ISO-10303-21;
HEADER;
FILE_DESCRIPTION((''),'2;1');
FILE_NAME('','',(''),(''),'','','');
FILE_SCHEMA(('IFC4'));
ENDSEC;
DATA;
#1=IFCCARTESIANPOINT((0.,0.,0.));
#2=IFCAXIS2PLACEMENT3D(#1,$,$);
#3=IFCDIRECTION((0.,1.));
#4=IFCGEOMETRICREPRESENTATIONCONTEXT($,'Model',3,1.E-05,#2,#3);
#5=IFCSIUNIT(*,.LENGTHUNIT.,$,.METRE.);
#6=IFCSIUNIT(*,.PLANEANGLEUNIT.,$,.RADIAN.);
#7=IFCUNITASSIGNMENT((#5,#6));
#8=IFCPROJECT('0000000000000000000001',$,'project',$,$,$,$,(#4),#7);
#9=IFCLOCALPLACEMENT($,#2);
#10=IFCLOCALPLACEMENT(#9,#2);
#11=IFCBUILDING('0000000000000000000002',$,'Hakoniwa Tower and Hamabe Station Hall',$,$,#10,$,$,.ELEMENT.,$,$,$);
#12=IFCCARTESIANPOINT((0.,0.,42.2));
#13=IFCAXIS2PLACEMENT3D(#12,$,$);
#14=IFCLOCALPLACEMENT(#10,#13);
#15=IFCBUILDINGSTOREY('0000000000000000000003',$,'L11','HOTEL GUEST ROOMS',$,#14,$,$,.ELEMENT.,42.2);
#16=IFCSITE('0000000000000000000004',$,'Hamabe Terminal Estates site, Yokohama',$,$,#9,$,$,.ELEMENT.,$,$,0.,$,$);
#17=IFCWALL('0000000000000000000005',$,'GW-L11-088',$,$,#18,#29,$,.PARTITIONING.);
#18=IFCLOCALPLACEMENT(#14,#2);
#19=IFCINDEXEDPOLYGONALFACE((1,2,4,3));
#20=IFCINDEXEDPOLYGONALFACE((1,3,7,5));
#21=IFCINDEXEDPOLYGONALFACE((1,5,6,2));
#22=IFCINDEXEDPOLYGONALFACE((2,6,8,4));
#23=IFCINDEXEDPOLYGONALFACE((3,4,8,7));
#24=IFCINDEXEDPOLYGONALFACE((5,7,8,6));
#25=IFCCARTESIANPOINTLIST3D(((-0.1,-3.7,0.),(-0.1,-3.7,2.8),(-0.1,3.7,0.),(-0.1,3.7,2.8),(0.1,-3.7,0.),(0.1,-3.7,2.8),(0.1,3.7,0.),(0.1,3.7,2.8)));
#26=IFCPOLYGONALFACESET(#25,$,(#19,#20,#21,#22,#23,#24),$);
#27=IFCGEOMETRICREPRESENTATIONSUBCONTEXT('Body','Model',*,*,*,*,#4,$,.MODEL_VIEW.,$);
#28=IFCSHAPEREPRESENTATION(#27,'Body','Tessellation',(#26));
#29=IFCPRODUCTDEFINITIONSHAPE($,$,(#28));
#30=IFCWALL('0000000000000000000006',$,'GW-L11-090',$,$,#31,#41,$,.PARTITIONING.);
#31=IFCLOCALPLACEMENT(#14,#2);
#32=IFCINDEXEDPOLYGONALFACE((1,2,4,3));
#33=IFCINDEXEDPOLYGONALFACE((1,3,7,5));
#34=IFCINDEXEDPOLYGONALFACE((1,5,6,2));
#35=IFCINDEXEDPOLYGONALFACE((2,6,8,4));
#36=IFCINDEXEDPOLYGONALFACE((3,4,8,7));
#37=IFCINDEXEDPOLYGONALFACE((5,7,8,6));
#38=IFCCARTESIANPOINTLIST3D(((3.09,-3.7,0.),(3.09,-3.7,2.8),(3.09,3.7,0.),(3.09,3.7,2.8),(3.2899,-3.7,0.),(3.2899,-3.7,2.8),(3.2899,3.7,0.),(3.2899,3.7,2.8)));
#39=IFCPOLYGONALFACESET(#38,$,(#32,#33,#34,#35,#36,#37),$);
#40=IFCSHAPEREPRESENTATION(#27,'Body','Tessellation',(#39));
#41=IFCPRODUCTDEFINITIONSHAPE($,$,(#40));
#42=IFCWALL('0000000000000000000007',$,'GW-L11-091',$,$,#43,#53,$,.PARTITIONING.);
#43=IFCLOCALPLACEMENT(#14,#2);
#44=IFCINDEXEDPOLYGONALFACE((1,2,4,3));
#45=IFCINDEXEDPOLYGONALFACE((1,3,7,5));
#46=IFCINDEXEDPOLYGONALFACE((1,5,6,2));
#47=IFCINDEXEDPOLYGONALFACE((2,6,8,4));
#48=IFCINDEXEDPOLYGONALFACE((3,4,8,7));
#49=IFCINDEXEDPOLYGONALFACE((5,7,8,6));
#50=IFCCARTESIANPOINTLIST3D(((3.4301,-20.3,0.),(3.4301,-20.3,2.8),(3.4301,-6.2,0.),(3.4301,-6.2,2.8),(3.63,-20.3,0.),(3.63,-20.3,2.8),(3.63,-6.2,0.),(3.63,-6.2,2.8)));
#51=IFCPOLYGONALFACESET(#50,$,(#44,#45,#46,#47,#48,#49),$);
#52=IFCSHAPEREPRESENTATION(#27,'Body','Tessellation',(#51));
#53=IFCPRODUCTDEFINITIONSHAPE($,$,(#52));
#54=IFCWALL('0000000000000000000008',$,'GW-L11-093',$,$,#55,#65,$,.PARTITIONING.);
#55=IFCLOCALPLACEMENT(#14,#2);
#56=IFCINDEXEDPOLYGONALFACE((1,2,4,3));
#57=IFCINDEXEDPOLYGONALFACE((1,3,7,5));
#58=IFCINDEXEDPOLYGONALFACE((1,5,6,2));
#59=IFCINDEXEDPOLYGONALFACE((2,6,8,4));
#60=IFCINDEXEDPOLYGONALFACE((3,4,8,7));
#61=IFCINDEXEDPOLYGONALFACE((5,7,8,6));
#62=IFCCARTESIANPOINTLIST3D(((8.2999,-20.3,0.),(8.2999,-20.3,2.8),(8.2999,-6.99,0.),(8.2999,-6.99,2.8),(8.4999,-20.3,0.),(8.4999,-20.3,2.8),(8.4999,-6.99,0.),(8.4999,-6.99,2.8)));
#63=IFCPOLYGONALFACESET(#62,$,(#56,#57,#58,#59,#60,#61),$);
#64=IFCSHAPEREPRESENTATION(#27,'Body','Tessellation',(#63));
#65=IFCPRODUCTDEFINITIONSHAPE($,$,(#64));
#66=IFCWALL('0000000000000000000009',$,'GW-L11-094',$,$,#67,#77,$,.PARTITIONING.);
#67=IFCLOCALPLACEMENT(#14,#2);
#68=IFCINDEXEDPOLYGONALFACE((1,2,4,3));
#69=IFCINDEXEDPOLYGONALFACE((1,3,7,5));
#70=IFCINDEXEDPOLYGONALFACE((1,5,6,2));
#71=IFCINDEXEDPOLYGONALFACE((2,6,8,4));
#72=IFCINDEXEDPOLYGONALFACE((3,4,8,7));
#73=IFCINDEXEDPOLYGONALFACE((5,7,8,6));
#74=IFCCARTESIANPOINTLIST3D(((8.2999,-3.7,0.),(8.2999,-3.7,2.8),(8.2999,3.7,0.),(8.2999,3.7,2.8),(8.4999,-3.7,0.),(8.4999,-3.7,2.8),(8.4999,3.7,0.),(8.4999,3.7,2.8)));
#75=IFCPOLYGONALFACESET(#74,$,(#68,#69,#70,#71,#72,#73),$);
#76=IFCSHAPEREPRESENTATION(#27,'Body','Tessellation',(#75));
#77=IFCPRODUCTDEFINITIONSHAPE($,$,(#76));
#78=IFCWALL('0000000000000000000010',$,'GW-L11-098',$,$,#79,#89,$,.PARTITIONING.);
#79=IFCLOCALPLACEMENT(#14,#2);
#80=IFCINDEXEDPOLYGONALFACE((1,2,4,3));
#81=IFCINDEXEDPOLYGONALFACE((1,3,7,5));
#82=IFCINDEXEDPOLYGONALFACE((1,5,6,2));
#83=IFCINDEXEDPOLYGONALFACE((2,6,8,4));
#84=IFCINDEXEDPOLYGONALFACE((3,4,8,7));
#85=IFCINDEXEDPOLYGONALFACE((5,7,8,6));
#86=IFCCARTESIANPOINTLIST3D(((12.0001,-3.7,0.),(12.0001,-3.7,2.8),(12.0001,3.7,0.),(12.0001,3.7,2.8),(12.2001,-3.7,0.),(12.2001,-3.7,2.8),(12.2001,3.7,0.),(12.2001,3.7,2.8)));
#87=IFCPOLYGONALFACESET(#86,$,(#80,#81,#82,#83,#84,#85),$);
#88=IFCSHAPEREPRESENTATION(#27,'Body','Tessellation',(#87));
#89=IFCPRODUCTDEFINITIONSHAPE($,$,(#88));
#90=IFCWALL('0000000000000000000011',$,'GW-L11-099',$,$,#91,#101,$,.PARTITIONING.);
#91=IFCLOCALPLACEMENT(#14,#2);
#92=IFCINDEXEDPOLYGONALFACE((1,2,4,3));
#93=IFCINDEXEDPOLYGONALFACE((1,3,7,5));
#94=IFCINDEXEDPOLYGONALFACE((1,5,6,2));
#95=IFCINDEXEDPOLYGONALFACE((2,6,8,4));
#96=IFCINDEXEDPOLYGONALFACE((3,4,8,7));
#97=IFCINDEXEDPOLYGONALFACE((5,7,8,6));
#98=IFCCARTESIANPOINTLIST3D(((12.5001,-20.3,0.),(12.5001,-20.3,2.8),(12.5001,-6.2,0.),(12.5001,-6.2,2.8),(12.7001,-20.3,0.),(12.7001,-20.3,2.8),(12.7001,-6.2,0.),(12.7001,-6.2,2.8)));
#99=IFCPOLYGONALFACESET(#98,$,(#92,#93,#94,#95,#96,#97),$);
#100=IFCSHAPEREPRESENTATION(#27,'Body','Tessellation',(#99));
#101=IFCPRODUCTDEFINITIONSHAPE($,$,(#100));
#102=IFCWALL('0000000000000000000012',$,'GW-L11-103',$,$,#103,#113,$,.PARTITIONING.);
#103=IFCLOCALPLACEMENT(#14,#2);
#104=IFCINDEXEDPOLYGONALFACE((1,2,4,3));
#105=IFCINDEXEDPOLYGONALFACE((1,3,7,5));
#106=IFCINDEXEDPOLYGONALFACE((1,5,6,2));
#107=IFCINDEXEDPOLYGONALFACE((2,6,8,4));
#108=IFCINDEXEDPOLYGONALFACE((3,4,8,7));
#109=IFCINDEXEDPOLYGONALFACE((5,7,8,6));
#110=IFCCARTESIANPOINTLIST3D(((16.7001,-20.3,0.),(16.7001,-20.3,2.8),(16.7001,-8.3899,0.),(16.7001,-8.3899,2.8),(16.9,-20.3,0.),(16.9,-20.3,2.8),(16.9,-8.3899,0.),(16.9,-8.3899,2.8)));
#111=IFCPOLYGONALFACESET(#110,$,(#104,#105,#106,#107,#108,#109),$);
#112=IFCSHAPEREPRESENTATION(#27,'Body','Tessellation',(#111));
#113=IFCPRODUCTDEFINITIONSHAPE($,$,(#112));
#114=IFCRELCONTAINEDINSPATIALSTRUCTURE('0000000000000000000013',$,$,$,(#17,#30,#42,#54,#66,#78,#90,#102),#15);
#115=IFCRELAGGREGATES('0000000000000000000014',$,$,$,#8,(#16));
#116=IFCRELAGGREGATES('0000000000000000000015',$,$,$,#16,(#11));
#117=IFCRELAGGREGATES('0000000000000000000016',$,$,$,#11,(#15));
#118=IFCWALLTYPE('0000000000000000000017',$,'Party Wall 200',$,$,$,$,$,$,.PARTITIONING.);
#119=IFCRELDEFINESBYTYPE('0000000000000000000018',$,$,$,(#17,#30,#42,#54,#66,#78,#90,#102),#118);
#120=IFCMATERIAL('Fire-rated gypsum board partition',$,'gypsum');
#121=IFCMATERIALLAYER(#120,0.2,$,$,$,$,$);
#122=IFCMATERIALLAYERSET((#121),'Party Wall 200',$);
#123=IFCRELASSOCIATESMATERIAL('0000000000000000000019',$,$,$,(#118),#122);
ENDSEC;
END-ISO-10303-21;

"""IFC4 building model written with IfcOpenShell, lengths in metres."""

from ifc_helpers import new_model, si_unit, direction, frame, frame_2d, origin, place, context, subcontext, project, spatial, rectangle, extrude, material, layer, layer_set, type_object, element, save


model = new_model("IFC4")

# Units and contexts
model_context = context("Model", 3, precision=1e-05, world=origin(), true_north=direction((0.0, 1.0)))
body_context = subcontext(model_context, "Body", "Model", "MODEL_VIEW")
ifc_project = project(units=[si_unit("LENGTHUNIT", "METRE"), si_unit("PLANEANGLEUNIT", "RADIAN")], contexts=[model_context])

# Site, building, storey
site_placement = place(None, origin())
site = spatial("IfcSite", under=ifc_project, at=site_placement, Name="Hamabe Terminal Estates site, Yokohama", CompositionType="ELEMENT", RefElevation=0.0)
building_placement = place(site_placement, origin())
building = spatial("IfcBuilding", under=site, at=building_placement, Name="Hakoniwa Tower and Hamabe Station Hall", CompositionType="ELEMENT")
storey_placement = place(building_placement, frame((0.0, 0.0, 42.2)))
storey = spatial("IfcBuildingStorey", under=building, at=storey_placement, Name="L11", Description="HOTEL GUEST ROOMS", CompositionType="ELEMENT", Elevation=42.2)

# Walls
ifc_material_1 = material(Name="Fire-rated gypsum board partition", Category="gypsum")
ifc_layer_1 = layer(ifc_material_1, 0.2)
ifc_layer_set_1 = layer_set([ifc_layer_1], Name="Party Wall 200")
wall_type_1 = type_object("IfcWallType", Name="Party Wall 200", PredefinedType="PARTITIONING", material=ifc_layer_set_1)
for number, where, z_axis, x_axis, name in (
    (1, (0.0, -3.7, 0.0), (0.0, 0.0, 1.0), (0.0, 1.0, 0.0), "GW-L11-088"),
    (2, (3.1899, -3.7, 0.0), (0.0, 0.0, 1.0), (0.0, 1.0, 0.0), "GW-L11-090"),
):
    element("IfcWall", number, at=place(storey_placement, frame(where, z_axis=z_axis, x_axis=x_axis)), inside=storey, type_object=wall_type_1, Name=name, PredefinedType="PARTITIONING", context=body_context, shape_type="SweptSolid", body=[
        extrude(rectangle(XDim=7.3999, YDim=0.2, at=frame_2d((3.7, 0.0))), origin(), (0.0, 0.0, 1.0), 2.8),
    ])
wall_1_placement = place(storey_placement, frame((3.53, -20.3, 0.0), z_axis=(0.0, 0.0, 1.0), x_axis=(0.0, 1.0, 0.0)))
element("IfcWall", 3, at=wall_1_placement, inside=storey, type_object=wall_type_1, Name="GW-L11-091", PredefinedType="PARTITIONING", context=body_context, shape_type="SweptSolid", body=[
    extrude(rectangle(XDim=14.1001, YDim=0.2, at=frame_2d((7.05, 0.0))), origin(), (0.0, 0.0, 1.0), 2.8),
])
wall_2_placement = place(storey_placement, frame((8.3999, -20.3, 0.0), z_axis=(0.0, 0.0, 1.0), x_axis=(0.0, 1.0, 0.0)))
element("IfcWall", 4, at=wall_2_placement, inside=storey, type_object=wall_type_1, Name="GW-L11-093", PredefinedType="PARTITIONING", context=body_context, shape_type="SweptSolid", body=[
    extrude(rectangle(XDim=13.3101, YDim=0.2, at=frame_2d((6.655, 0.0))), origin(), (0.0, 0.0, 1.0), 2.8),
])
for number, where, z_axis, x_axis, name in (
    (5, (8.3999, -3.7, 0.0), (0.0, 0.0, 1.0), (0.0, 1.0, 0.0), "GW-L11-094"),
    (6, (12.1001, -3.7, 0.0), (0.0, 0.0, 1.0), (0.0, 1.0, 0.0), "GW-L11-098"),
):
    element("IfcWall", number, at=place(storey_placement, frame(where, z_axis=z_axis, x_axis=x_axis)), inside=storey, type_object=wall_type_1, Name=name, PredefinedType="PARTITIONING", context=body_context, shape_type="SweptSolid", body=[
        extrude(rectangle(XDim=7.3999, YDim=0.2, at=frame_2d((3.7, 0.0))), origin(), (0.0, 0.0, 1.0), 2.8),
    ])
wall_3_placement = place(storey_placement, frame((12.6001, -20.3, 0.0), z_axis=(0.0, 0.0, 1.0), x_axis=(0.0, 1.0, 0.0)))
element("IfcWall", 7, at=wall_3_placement, inside=storey, type_object=wall_type_1, Name="GW-L11-099", PredefinedType="PARTITIONING", context=body_context, shape_type="SweptSolid", body=[
    extrude(rectangle(XDim=14.1001, YDim=0.2, at=frame_2d((7.05, 0.0))), origin(), (0.0, 0.0, 1.0), 2.8),
])
wall_4_placement = place(storey_placement, frame((16.8, -20.3, 0.0), z_axis=(0.0, 0.0, 1.0), x_axis=(0.0, 1.0, 0.0)))
element("IfcWall", 8, at=wall_4_placement, inside=storey, type_object=wall_type_1, Name="GW-L11-103", PredefinedType="PARTITIONING", context=body_context, shape_type="SweptSolid", body=[
    extrude(rectangle(XDim=11.9102, YDim=0.2, at=frame_2d((5.9551, 0.0))), origin(), (0.0, 0.0, 1.0), 2.8),
])

save(model, "model.ifc")
